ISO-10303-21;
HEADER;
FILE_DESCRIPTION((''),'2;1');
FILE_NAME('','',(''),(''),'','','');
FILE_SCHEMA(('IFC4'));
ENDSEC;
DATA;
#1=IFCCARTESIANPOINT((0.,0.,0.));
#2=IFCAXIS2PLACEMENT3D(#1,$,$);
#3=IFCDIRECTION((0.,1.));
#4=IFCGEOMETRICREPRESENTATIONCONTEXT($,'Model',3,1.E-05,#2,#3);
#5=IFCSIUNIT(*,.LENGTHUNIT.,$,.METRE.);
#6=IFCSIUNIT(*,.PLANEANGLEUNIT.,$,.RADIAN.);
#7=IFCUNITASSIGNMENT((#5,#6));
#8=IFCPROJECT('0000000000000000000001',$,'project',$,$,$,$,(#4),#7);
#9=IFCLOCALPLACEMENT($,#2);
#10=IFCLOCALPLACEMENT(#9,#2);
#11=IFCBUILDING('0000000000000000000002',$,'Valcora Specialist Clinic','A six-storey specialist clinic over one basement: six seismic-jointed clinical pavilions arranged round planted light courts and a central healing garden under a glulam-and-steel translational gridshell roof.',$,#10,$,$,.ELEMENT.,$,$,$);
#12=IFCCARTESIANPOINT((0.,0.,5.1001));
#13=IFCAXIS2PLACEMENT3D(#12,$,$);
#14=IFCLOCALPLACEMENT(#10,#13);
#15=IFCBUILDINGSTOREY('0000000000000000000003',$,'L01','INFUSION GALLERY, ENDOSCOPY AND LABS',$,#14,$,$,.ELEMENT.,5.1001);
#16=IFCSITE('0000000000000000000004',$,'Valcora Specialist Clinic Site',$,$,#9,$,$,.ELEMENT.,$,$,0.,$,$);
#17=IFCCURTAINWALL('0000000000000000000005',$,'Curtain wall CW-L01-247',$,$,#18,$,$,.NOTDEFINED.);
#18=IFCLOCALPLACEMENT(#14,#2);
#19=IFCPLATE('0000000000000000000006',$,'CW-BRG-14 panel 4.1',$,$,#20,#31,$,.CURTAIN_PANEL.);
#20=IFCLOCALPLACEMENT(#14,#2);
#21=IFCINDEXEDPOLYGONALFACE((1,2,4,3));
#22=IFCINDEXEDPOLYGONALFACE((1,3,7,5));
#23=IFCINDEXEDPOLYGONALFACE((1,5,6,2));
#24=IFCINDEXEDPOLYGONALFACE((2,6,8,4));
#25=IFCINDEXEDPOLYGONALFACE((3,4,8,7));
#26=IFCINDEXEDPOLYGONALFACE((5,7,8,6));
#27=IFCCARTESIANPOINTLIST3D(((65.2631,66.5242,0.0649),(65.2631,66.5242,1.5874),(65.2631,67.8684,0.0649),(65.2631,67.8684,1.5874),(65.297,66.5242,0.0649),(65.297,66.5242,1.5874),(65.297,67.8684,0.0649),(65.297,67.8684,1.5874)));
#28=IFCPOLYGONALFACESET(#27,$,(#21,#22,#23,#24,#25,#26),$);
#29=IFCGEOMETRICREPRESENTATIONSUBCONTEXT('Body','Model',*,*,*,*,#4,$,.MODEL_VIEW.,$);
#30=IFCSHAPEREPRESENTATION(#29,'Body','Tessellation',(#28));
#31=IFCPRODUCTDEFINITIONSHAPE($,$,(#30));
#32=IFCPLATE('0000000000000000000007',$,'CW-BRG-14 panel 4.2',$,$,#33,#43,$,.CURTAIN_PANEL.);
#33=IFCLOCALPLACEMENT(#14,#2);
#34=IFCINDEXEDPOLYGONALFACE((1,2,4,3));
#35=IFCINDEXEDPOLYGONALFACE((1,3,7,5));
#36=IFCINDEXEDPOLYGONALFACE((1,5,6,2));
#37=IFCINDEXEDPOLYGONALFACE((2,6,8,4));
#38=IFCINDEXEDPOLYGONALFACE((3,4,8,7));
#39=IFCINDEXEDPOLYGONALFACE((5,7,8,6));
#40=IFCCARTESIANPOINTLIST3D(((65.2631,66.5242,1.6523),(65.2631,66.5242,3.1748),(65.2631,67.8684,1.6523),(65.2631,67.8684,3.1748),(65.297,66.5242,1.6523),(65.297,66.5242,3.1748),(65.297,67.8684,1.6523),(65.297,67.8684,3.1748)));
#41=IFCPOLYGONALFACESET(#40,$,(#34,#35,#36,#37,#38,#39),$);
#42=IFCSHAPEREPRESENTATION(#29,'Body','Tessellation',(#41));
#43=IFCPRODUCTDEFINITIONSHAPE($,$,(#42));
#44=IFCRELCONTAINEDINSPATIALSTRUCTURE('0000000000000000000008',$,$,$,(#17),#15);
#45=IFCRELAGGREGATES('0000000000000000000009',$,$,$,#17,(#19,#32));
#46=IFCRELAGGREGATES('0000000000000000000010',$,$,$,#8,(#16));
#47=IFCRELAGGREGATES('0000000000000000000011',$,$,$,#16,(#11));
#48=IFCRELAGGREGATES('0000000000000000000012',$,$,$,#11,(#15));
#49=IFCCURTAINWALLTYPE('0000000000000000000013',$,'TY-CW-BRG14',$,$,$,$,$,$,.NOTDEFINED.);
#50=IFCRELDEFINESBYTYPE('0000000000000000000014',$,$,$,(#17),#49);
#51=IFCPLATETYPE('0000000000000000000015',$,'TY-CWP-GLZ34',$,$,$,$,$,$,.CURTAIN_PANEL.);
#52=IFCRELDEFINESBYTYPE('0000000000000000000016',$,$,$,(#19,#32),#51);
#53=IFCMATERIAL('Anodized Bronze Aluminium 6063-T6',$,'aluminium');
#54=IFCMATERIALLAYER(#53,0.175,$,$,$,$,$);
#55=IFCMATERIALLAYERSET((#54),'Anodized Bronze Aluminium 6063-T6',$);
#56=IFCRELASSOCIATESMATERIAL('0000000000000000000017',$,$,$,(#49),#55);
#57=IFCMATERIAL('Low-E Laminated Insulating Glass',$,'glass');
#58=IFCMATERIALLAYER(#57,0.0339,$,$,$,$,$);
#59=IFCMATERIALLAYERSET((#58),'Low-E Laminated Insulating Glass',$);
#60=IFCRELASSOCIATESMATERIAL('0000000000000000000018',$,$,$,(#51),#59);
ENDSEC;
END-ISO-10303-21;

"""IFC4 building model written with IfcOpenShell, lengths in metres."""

from ifc_helpers import new_model, si_unit, direction, frame, origin, origin_2d, place, context, subcontext, project, spatial, rectangle, extrude, material, layer, layer_set, type_object, element, aggregate, save


model = new_model("IFC4")

# Units and contexts
model_context = context("Model", 3, precision=1e-05, world=origin(), true_north=direction((0.0, 1.0)))
body_context = subcontext(model_context, "Body", "Model", "MODEL_VIEW")
ifc_project = project(units=[si_unit("LENGTHUNIT", "METRE"), si_unit("PLANEANGLEUNIT", "RADIAN")], contexts=[model_context])

# Site, building, storey
site_placement = place(None, origin())
site = spatial("IfcSite", under=ifc_project, at=site_placement, Name="Valcora Specialist Clinic Site", CompositionType="ELEMENT", RefElevation=0.0)
building_placement = place(site_placement, origin())
building = spatial("IfcBuilding", under=site, at=building_placement, Name="Valcora Specialist Clinic", Description="A six-storey specialist clinic over one basement: six seismic-jointed clinical pavilions arranged round planted light courts and a central healing garden under a glulam-and-steel translational gridshell roof.", CompositionType="ELEMENT")
storey_placement = place(building_placement, frame((0.0, 0.0, 5.1001)))
storey = spatial("IfcBuildingStorey", under=building, at=storey_placement, Name="L01", Description="INFUSION GALLERY, ENDOSCOPY AND LABS", CompositionType="ELEMENT", Elevation=5.1001)

# Curtain wall
ifc_material_1 = material(Name="Anodized Bronze Aluminium 6063-T6", Category="aluminium")
ifc_layer_1 = layer(ifc_material_1, 0.175)
ifc_layer_set_1 = layer_set([ifc_layer_1], Name="Anodized Bronze Aluminium 6063-T6")
curtain_wall_type = type_object("IfcCurtainWallType", Name="TY-CW-BRG14", PredefinedType="NOTDEFINED", material=ifc_layer_set_1)
curtain_wall_1_placement = place(storey_placement, origin())
curtain_wall_1 = element("IfcCurtainWall", 1, at=curtain_wall_1_placement, inside=storey, type_object=curtain_wall_type, Name="Curtain wall CW-L01-247", PredefinedType="NOTDEFINED")

# Plates
ifc_material_2 = material(Name="Low-E Laminated Insulating Glass", Category="glass")
ifc_layer_2 = layer(ifc_material_2, 0.0339)
ifc_layer_set_2 = layer_set([ifc_layer_2], Name="Low-E Laminated Insulating Glass")
plate_type_1 = type_object("IfcPlateType", Name="TY-CWP-GLZ34", PredefinedType="CURTAIN_PANEL", material=ifc_layer_set_2)
plate_1_placement = place(storey_placement, frame((65.28, 67.1963, 0.0649), z_axis=(0.0, 0.0, 1.0), x_axis=(0.0, 1.0, 0.0)))
plate_1 = element("IfcPlate", 2, at=plate_1_placement, type_object=plate_type_1, Name="CW-BRG-14 panel 4.1", PredefinedType="CURTAIN_PANEL", context=body_context, shape_type="SweptSolid", body=[
    extrude(rectangle(XDim=1.3442, YDim=0.0339, at=origin_2d()), origin(), (0.0, 0.0, 1.0), 1.5225),
])
plate_2_placement = place(storey_placement, frame((65.28, 67.1963, 1.6523), z_axis=(0.0, 0.0, 1.0), x_axis=(0.0, 1.0, 0.0)))
plate_2 = element("IfcPlate", 3, at=plate_2_placement, type_object=plate_type_1, Name="CW-BRG-14 panel 4.2", PredefinedType="CURTAIN_PANEL", context=body_context, shape_type="SweptSolid", body=[
    extrude(rectangle(XDim=1.3442, YDim=0.0339, at=origin_2d()), origin(), (0.0, 0.0, 1.0), 1.5225),
])
aggregate(curtain_wall_1, [plate_1, plate_2])

save(model, "model.ifc")
